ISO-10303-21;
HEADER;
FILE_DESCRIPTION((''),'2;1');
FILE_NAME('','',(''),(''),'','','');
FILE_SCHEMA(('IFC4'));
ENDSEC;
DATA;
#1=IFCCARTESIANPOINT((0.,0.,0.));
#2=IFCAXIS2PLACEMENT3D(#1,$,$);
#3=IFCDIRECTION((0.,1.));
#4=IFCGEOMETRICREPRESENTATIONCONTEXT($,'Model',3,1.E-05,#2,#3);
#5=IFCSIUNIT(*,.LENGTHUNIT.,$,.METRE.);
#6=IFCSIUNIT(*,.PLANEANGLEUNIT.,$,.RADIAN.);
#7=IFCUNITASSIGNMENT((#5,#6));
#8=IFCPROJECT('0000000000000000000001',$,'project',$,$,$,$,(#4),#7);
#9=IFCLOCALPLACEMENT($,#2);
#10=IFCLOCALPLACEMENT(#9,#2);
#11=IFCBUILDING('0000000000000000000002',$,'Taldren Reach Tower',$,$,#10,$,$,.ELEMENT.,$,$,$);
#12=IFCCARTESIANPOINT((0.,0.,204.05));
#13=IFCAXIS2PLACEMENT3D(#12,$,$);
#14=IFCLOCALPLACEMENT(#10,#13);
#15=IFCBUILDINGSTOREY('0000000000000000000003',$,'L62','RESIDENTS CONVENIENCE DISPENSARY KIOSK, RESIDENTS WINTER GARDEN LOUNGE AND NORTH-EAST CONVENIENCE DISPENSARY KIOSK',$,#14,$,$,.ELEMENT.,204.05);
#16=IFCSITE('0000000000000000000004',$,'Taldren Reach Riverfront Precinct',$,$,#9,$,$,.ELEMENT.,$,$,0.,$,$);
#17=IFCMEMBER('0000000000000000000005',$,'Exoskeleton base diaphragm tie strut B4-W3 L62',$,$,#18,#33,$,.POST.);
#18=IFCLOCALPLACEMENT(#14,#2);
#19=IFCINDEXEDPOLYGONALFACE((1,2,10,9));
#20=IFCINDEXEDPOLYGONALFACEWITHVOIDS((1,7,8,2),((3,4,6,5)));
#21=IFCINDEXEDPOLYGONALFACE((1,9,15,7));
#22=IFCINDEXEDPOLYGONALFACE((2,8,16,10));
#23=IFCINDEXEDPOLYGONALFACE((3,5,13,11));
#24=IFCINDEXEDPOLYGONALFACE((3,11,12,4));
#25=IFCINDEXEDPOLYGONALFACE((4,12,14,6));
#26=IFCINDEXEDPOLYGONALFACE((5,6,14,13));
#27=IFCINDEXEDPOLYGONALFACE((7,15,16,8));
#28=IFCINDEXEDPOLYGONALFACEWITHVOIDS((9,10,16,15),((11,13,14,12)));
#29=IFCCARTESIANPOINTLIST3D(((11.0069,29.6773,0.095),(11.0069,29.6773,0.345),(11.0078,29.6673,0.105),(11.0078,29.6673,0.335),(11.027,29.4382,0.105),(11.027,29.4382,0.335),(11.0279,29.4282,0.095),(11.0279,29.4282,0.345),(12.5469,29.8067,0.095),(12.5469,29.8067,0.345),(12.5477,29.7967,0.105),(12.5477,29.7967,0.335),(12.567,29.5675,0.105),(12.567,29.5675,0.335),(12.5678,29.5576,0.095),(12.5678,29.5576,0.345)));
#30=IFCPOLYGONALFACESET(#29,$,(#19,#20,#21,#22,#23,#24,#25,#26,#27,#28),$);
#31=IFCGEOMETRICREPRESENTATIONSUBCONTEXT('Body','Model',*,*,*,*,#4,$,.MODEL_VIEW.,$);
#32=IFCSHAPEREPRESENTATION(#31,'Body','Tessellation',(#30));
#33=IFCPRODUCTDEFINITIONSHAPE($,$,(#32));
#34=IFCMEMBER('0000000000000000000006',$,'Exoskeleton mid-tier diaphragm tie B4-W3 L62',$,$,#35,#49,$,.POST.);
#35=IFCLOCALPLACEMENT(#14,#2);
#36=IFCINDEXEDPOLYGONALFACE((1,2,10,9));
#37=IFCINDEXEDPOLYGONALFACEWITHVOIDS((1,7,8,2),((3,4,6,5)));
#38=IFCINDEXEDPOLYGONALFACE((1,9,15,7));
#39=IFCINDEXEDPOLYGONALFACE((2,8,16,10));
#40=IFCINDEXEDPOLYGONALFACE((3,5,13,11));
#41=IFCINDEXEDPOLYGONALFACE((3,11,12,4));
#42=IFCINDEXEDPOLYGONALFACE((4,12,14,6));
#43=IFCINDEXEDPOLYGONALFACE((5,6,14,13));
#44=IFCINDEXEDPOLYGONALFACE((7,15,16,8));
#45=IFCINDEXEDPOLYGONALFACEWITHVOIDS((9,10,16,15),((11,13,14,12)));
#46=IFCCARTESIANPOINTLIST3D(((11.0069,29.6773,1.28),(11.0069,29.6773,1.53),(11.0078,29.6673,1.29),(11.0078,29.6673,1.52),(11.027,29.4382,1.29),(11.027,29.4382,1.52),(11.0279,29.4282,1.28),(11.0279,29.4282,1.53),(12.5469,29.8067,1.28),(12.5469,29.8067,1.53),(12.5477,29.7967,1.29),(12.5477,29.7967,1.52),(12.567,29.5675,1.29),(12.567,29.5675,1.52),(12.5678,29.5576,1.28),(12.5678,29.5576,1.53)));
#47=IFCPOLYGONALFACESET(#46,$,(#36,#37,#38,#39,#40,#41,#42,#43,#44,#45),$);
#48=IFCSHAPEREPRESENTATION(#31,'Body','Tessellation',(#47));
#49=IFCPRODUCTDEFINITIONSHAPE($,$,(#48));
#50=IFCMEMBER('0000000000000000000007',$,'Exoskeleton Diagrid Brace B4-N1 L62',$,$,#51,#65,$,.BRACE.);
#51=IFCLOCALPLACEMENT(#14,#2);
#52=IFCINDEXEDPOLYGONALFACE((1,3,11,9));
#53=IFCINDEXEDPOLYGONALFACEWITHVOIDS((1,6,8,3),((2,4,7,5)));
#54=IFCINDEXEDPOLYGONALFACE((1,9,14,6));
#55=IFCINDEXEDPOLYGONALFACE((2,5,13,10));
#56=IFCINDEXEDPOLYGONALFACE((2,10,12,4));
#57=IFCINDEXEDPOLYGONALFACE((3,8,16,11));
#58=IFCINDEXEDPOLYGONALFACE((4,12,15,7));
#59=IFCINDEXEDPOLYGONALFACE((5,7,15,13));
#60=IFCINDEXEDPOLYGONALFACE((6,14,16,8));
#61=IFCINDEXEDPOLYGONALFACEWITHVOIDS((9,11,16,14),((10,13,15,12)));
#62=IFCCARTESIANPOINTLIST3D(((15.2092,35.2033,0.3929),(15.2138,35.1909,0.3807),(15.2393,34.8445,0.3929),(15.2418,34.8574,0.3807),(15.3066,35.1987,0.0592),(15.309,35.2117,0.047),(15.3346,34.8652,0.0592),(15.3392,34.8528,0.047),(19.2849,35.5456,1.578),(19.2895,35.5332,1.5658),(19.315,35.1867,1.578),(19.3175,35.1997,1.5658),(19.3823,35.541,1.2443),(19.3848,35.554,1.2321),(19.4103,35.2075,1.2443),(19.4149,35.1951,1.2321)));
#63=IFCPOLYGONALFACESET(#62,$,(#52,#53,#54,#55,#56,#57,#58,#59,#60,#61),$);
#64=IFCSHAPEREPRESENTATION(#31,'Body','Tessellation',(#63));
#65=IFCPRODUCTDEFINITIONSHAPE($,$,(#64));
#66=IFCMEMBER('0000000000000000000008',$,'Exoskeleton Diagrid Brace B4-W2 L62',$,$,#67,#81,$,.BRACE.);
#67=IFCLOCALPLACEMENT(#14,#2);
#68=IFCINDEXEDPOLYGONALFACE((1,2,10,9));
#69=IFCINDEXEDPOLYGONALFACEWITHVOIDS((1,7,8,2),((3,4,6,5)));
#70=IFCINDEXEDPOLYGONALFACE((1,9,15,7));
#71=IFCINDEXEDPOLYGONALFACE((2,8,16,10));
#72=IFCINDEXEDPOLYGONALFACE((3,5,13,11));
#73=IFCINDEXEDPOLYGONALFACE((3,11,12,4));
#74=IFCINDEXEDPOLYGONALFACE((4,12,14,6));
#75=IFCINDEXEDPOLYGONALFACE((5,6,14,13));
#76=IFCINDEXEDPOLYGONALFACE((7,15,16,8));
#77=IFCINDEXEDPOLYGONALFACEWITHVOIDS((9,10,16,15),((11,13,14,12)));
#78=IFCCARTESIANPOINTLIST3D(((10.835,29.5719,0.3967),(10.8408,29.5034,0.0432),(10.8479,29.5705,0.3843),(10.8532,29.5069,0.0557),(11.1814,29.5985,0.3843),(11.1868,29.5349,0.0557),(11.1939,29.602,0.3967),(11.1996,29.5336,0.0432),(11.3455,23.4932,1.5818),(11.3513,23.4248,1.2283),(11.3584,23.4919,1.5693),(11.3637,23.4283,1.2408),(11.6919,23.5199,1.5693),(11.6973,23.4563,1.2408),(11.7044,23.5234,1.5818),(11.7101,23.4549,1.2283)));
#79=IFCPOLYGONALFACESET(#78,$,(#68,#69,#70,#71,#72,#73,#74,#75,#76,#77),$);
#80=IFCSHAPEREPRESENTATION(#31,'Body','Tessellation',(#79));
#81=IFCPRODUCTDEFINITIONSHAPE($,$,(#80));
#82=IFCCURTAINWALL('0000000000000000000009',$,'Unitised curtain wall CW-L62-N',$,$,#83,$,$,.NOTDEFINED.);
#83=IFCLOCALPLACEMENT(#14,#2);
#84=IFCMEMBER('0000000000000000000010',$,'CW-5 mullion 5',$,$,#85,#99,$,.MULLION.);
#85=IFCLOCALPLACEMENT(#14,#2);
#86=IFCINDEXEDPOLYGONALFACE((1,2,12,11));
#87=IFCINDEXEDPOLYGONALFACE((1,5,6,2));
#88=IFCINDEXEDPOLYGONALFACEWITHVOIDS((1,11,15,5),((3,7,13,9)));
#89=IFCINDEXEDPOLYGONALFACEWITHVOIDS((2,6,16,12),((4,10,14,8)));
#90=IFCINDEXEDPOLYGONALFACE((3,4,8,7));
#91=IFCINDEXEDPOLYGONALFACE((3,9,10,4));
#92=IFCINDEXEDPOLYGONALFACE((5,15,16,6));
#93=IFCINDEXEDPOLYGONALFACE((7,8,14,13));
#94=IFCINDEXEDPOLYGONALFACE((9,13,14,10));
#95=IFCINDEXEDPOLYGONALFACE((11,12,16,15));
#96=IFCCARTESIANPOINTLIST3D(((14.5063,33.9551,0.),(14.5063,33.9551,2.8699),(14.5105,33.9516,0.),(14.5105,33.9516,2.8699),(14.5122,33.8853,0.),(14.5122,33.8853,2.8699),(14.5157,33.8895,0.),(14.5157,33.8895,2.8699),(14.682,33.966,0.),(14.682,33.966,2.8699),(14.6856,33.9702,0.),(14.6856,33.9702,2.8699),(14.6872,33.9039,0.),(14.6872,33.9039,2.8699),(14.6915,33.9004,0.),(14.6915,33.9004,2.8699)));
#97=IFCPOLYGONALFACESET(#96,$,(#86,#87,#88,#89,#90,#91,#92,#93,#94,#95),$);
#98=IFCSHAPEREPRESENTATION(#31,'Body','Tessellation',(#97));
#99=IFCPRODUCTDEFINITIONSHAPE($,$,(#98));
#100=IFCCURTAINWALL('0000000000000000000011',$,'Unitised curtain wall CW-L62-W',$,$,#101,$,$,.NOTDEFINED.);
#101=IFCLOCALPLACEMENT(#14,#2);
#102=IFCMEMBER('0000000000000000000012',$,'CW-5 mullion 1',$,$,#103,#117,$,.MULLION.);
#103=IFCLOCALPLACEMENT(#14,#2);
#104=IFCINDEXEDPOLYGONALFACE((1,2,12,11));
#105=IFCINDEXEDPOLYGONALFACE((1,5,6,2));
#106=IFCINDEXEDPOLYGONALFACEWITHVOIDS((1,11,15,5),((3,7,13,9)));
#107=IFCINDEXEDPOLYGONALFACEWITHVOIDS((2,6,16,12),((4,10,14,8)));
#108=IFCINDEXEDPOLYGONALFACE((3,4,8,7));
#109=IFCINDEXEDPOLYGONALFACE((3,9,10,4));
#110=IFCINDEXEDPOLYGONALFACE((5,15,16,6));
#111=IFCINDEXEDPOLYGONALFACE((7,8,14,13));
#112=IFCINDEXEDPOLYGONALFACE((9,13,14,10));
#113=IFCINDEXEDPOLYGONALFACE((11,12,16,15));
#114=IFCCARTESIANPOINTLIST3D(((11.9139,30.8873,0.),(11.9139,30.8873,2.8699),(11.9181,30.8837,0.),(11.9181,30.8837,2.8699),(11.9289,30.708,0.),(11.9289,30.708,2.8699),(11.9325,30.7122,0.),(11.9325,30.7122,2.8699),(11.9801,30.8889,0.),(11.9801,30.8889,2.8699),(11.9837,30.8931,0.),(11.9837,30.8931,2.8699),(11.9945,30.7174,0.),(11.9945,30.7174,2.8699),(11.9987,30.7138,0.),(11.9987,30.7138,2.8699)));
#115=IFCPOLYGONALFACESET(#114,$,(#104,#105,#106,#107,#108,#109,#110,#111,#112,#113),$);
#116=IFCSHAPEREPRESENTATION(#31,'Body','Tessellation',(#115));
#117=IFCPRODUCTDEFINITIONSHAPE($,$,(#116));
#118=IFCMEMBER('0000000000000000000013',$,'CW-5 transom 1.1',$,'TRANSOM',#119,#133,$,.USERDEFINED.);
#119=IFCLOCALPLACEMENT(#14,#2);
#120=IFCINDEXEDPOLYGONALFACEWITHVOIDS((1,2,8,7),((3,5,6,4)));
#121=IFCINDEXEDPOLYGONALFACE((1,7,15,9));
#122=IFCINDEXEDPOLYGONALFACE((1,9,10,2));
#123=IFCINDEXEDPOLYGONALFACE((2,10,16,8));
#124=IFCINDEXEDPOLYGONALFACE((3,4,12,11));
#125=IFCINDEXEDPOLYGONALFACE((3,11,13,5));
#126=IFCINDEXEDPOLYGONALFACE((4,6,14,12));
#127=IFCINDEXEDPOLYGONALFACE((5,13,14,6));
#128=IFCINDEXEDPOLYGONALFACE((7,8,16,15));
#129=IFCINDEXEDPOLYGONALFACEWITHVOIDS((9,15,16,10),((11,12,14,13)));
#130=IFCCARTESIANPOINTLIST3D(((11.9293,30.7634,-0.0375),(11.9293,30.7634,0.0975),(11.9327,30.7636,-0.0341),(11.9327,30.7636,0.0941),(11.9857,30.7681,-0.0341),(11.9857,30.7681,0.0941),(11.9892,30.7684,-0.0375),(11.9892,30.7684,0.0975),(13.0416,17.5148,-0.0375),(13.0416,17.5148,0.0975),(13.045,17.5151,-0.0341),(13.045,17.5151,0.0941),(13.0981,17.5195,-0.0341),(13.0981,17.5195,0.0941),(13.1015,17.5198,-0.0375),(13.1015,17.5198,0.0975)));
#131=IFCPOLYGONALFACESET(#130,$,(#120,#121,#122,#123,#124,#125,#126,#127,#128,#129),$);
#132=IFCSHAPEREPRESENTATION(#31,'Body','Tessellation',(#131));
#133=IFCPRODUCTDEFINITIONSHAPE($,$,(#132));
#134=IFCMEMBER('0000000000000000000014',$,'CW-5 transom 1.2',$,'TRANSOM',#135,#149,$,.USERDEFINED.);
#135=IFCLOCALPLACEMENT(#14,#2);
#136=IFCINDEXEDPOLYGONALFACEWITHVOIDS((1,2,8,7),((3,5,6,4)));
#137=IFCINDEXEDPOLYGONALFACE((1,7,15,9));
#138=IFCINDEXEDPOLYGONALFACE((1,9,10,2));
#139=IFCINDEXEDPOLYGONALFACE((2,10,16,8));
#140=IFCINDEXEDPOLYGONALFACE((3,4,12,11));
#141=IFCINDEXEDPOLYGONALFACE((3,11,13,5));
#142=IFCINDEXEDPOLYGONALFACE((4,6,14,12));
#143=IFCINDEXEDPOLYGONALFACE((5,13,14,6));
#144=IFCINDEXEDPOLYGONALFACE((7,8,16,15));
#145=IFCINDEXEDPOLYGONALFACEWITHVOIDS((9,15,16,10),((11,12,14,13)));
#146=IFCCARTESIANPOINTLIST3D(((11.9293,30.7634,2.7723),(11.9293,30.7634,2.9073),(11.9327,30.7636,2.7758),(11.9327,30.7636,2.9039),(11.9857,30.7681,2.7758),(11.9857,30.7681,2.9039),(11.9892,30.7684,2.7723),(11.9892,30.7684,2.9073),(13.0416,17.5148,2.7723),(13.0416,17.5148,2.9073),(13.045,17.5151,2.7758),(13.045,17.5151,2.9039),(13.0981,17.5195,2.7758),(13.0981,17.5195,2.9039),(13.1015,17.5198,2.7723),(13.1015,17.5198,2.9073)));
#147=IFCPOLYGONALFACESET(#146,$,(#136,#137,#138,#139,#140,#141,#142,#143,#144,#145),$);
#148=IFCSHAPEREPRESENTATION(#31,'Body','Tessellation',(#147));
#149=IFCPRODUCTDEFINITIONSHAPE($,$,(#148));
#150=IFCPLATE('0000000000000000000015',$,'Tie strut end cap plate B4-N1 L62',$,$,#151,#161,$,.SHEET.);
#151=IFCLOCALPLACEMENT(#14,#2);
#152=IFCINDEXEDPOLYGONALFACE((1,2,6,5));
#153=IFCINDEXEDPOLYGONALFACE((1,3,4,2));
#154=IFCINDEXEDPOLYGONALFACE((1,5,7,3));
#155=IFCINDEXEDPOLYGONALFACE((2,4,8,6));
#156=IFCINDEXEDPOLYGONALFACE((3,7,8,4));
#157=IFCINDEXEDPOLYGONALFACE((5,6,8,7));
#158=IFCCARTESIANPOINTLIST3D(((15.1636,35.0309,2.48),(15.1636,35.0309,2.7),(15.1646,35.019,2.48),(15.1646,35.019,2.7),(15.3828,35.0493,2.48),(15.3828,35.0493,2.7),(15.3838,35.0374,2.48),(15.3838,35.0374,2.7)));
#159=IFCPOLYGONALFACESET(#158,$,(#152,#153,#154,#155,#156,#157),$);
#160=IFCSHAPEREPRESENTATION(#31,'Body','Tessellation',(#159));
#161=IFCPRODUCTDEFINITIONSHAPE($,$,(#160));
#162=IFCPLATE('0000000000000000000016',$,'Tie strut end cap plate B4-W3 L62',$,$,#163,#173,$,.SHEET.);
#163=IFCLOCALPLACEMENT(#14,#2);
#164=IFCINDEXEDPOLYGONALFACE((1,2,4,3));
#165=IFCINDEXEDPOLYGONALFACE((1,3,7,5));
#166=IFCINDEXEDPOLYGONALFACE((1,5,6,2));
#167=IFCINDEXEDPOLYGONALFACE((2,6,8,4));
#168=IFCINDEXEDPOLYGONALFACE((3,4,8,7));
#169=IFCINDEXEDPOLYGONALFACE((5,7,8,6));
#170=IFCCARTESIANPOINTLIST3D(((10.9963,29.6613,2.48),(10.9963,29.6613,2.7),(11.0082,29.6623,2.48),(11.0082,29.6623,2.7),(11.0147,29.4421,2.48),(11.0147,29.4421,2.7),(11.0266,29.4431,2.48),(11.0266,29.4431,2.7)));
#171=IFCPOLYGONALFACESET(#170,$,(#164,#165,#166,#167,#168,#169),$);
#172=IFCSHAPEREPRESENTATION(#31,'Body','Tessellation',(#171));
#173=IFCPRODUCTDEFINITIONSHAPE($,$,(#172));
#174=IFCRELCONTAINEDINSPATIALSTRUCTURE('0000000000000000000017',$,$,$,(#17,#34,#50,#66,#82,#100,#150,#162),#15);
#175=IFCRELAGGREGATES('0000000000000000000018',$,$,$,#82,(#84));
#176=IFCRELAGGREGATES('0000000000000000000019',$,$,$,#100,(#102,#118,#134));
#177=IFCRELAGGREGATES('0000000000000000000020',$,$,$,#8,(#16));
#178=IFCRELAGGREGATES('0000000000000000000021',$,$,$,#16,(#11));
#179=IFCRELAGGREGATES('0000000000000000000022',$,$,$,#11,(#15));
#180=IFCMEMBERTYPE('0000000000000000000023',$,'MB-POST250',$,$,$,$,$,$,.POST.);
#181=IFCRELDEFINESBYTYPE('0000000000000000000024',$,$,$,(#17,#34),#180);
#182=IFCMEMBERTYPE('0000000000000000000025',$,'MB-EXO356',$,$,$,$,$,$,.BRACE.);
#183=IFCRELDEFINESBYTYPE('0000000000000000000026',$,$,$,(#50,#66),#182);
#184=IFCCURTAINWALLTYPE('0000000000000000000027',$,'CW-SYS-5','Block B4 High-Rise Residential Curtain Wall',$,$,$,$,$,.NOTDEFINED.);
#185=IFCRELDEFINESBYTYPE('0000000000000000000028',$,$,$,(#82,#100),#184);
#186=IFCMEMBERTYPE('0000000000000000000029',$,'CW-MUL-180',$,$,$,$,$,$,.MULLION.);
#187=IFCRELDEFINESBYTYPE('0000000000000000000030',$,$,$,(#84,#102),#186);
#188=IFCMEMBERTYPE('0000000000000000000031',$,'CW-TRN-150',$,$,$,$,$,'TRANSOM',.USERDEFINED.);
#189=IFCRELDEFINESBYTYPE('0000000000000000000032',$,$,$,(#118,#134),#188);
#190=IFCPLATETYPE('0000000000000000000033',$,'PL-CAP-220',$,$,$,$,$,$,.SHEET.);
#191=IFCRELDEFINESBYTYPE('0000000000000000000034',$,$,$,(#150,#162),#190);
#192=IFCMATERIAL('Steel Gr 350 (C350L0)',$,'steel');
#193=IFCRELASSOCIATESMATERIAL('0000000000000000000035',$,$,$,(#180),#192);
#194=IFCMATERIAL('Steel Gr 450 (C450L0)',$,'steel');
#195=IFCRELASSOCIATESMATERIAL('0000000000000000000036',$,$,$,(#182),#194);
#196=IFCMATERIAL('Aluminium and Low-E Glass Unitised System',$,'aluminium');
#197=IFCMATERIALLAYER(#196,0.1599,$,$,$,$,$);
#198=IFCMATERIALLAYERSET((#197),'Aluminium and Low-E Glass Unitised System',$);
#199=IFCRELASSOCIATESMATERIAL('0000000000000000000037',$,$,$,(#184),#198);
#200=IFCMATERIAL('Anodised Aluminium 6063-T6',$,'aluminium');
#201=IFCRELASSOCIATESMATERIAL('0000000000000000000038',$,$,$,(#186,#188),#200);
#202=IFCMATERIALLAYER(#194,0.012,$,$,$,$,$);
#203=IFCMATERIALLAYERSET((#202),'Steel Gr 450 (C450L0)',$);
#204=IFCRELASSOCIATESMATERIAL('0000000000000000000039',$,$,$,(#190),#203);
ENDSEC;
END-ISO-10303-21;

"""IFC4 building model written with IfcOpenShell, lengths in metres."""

from ifc_helpers import new_model, si_unit, direction, frame, origin, origin_2d, place, context, subcontext, project, spatial, rectangle, hollow_rectangle, extrude, source, transform, mapped, material, layer, layer_set, material_profile, profile_set, type_object, element, aggregate, save


model = new_model("IFC4")

# Units and contexts
model_context = context("Model", 3, precision=1e-05, world=origin(), true_north=direction((0.0, 1.0)))
body_context = subcontext(model_context, "Body", "Model", "MODEL_VIEW")
ifc_project = project(units=[si_unit("LENGTHUNIT", "METRE"), si_unit("PLANEANGLEUNIT", "RADIAN")], contexts=[model_context])

# Site, building, storey
site_placement = place(None, origin())
site = spatial("IfcSite", under=ifc_project, at=site_placement, Name="Taldren Reach Riverfront Precinct", CompositionType="ELEMENT", RefElevation=0.0)
building_placement = place(site_placement, origin())
building = spatial("IfcBuilding", under=site, at=building_placement, Name="Taldren Reach Tower", CompositionType="ELEMENT")
storey_placement = place(building_placement, frame((0.0, 0.0, 204.05)))
storey = spatial("IfcBuildingStorey", under=building, at=storey_placement, Name="L62", Description="RESIDENTS CONVENIENCE DISPENSARY KIOSK, RESIDENTS WINTER GARDEN LOUNGE AND NORTH-EAST CONVENIENCE DISPENSARY KIOSK", CompositionType="ELEMENT", Elevation=204.05)

# Shared definitions
ifc_material_1 = material(Name="Steel Gr 350 (C350L0)", Category="steel")

# Shared definitions
ifc_material_profile_1 = material_profile(ifc_material_1, hollow_rectangle(XDim=0.25, YDim=0.25, WallThickness=0.01, at=origin_2d()), Name="250x250x10.0SHS")
ifc_profile_set_1 = profile_set([ifc_material_profile_1], Name="Steel Gr 350 (C350L0)")
member_type_1 = type_object("IfcMemberType", Name="MB-POST250", PredefinedType="POST", material=ifc_profile_set_1)

# Members
ifc_material_2 = material(Name="Steel Gr 450 (C450L0)", Category="steel")
shared_shape_1 = source(origin(), body_context, "Body", "SweptSolid", [
    extrude(hollow_rectangle(XDim=0.25, YDim=0.25, WallThickness=0.01, at=origin_2d()), origin(), (0.0, 0.0, 1.0), 1.5454),
])
for number, where, z_axis, x_axis, name in (
    (1, (12.5574, 29.6821, 0.22), (-0.996489, -0.083725, 0.0), (0.083725, -0.996489, 0.0), "Exoskeleton base diaphragm tie strut B4-W3 L62"),
    (2, (12.5574, 29.6821, 1.405), (-0.996489, -0.083725, 0.0), (0.083725, -0.996489, 0.0), "Exoskeleton mid-tier diaphragm tie B4-W3 L62"),
):
    element("IfcMember", number, at=place(storey_placement, frame(where, z_axis=z_axis, x_axis=x_axis)), inside=storey, type_object=member_type_1, Name=name, PredefinedType="POST", context=body_context, shape_type="MappedRepresentation", body=[
        mapped(shared_shape_1, transform((0.0, 0.0, 0.0), scale=1.0)),
    ])
ifc_material_profile_2 = material_profile(ifc_material_2, hollow_rectangle(XDim=0.3601, YDim=0.3601, WallThickness=0.0127, at=origin_2d()), Name="360x360x12.7SHS")
ifc_profile_set_2 = profile_set([ifc_material_profile_2], Name="Steel Gr 450 (C450L0)")
member_type_2 = type_object("IfcMemberType", Name="MB-EXO356", PredefinedType="BRACE", material=ifc_profile_set_2)
shared_shape_2 = source(origin(), body_context, "Body", "SweptSolid", [
    extrude(hollow_rectangle(XDim=0.3601, YDim=0.3601, WallThickness=0.0127, at=origin_2d()), origin(), (0.0, 0.0, 1.0), 4.2583),
])
member_1_placement = place(storey_placement, frame((15.2742, 35.0281, 0.22), z_axis=(0.957126, 0.080382, 0.278297), x_axis=(-0.083688, 0.996492, 0.0)))
element("IfcMember", 3, at=member_1_placement, inside=storey, type_object=member_type_2, Name="Exoskeleton Diagrid Brace B4-N1 L62", PredefinedType="BRACE", context=body_context, shape_type="MappedRepresentation", body=[
    mapped(shared_shape_2, transform((0.0, 0.0, 0.0), scale=1.0)),
])
shared_shape_3 = source(origin(), body_context, "Body", "SweptSolid", [
    extrude(hollow_rectangle(XDim=0.3601, YDim=0.3601, WallThickness=0.0127, at=origin_2d()), origin(), (0.0, 0.0, 1.0), 6.2141),
])
member_2_placement = place(storey_placement, frame((11.0173, 29.5527, 0.22), z_axis=(0.082152, -0.978204, 0.190706), x_axis=(0.996492, 0.083688, 0.0)))
element("IfcMember", 4, at=member_2_placement, inside=storey, type_object=member_type_2, Name="Exoskeleton Diagrid Brace B4-W2 L62", PredefinedType="BRACE", context=body_context, shape_type="MappedRepresentation", body=[
    mapped(shared_shape_3, transform((0.0, 0.0, 0.0), scale=1.0)),
])

# Curtain wall, member
ifc_material_3 = material(Name="Aluminium and Low-E Glass Unitised System", Category="aluminium")
ifc_layer_1 = layer(ifc_material_3, 0.1599)
ifc_layer_set_1 = layer_set([ifc_layer_1], Name="Aluminium and Low-E Glass Unitised System")
curtain_wall_type = type_object("IfcCurtainWallType", Name="CW-SYS-5", Description="Block B4 High-Rise Residential Curtain Wall", PredefinedType="NOTDEFINED", material=ifc_layer_set_1)
curtain_wall_1_placement = place(storey_placement, origin())
curtain_wall_1 = element("IfcCurtainWall", 5, at=curtain_wall_1_placement, inside=storey, type_object=curtain_wall_type, Name="Unitised curtain wall CW-L62-N", PredefinedType="NOTDEFINED")
ifc_material_4 = material(Name="Anodised Aluminium 6063-T6", Category="aluminium")
ifc_material_profile_3 = material_profile(ifc_material_4, hollow_rectangle(XDim=0.0701, YDim=0.1799, WallThickness=0.0039, at=origin_2d()), Name="ALU-180x70x4RHS")
ifc_profile_set_3 = profile_set([ifc_material_profile_3], Name="Anodised Aluminium 6063-T6")
member_type_3 = type_object("IfcMemberType", Name="CW-MUL-180", PredefinedType="MULLION", material=ifc_profile_set_3)
shared_shape_4 = source(origin(), body_context, "Body", "SweptSolid", [
    extrude(hollow_rectangle(XDim=0.0701, YDim=0.1799, WallThickness=0.0039, at=origin_2d()), origin(), (0.0, 0.0, 1.0), 2.8699),
])
member_3_placement = place(storey_placement, frame((14.5989, 33.9277, 0.0), z_axis=(0.0, 0.0, 1.0), x_axis=(0.083678, -0.996493, 0.0)))
member_3 = element("IfcMember", 6, at=member_3_placement, type_object=member_type_3, Name="CW-5 mullion 5", PredefinedType="MULLION", context=body_context, shape_type="MappedRepresentation", body=[
    mapped(shared_shape_4, transform((0.0, 0.0, 0.0), scale=1.0)),
])
aggregate(curtain_wall_1, [member_3])

# Curtain wall, members
curtain_wall_2_placement = place(storey_placement, origin())
curtain_wall_2 = element("IfcCurtainWall", 7, at=curtain_wall_2_placement, inside=storey, type_object=curtain_wall_type, Name="Unitised curtain wall CW-L62-W", PredefinedType="NOTDEFINED")
member_4_placement = place(storey_placement, frame((11.9563, 30.8005, 0.0), z_axis=(0.0, 0.0, 1.0), x_axis=(0.996493, 0.083678, 0.0)))
member_4 = element("IfcMember", 8, at=member_4_placement, type_object=member_type_3, Name="CW-5 mullion 1", PredefinedType="MULLION", context=body_context, shape_type="MappedRepresentation", body=[
    mapped(shared_shape_4, transform((0.0, 0.0, 0.0), scale=1.0)),
])
ifc_material_profile_4 = material_profile(ifc_material_4, hollow_rectangle(XDim=0.0601, YDim=0.135, WallThickness=0.0034, at=origin_2d()), Name="ALU-135x60x3.5RHS")
ifc_profile_set_4 = profile_set([ifc_material_profile_4], Name="Anodised Aluminium 6063-T6")
member_type_4 = type_object("IfcMemberType", Name="CW-TRN-150", ElementType="TRANSOM", PredefinedType="USERDEFINED", material=ifc_profile_set_4)
shared_shape_5 = source(origin(), body_context, "Body", "SweptSolid", [
    extrude(hollow_rectangle(XDim=0.0601, YDim=0.135, WallThickness=0.0034, at=origin_2d()), origin(), (0.0, 0.0, 1.0), 13.2952),
])
member_5_placement = place(storey_placement, frame((11.9592, 30.7659, 0.03), z_axis=(0.083662, -0.996494, 0.0), x_axis=(0.996494, 0.083662, 0.0)))
member_5 = element("IfcMember", 9, at=member_5_placement, type_object=member_type_4, Name="CW-5 transom 1.1", ObjectType="TRANSOM", PredefinedType="USERDEFINED", context=body_context, shape_type="MappedRepresentation", body=[
    mapped(shared_shape_5, transform((0.0, 0.0, 0.0), scale=1.0)),
])
member_6_placement = place(storey_placement, frame((11.9592, 30.7659, 2.8398), z_axis=(0.083662, -0.996494, 0.0), x_axis=(0.996494, 0.083662, 0.0)))
member_6 = element("IfcMember", 10, at=member_6_placement, type_object=member_type_4, Name="CW-5 transom 1.2", ObjectType="TRANSOM", PredefinedType="USERDEFINED", context=body_context, shape_type="MappedRepresentation", body=[
    mapped(shared_shape_5, transform((0.0, 0.0, 0.0), scale=1.0)),
])

# Plates
ifc_layer_2 = layer(ifc_material_2, 0.012)
ifc_layer_set_2 = layer_set([ifc_layer_2], Name="Steel Gr 450 (C450L0)")
plate_type_1 = type_object("IfcPlateType", Name="PL-CAP-220", PredefinedType="SHEET", material=ifc_layer_set_2)
shared_shape_6 = source(origin(), body_context, "Body", "SweptSolid", [
    extrude(rectangle(XDim=0.22, YDim=0.012, at=origin_2d()), origin(), (0.0, 0.0, 1.0), 0.22),
])
plate_1_placement = place(storey_placement, frame((15.2737, 35.0342, 2.48), z_axis=(0.0, 0.0, 1.0), x_axis=(0.996493, 0.083678, 0.0)))
element("IfcPlate", 11, at=plate_1_placement, inside=storey, type_object=plate_type_1, Name="Tie strut end cap plate B4-N1 L62", PredefinedType="SHEET", context=body_context, shape_type="MappedRepresentation", body=[
    mapped(shared_shape_6, transform((0.0, 0.0, 0.0), scale=1.0)),
])
shared_shape_7 = source(origin(), body_context, "Body", "SweptSolid", [
    extrude(rectangle(XDim=0.012, YDim=0.22, at=origin_2d()), origin(), (0.0, 0.0, 1.0), 0.22),
])
plate_2_placement = place(storey_placement, frame((11.0115, 29.5522, 2.48), z_axis=(0.0, 0.0, 1.0), x_axis=(0.996493, 0.083678, 0.0)))
element("IfcPlate", 12, at=plate_2_placement, inside=storey, type_object=plate_type_1, Name="Tie strut end cap plate B4-W3 L62", PredefinedType="SHEET", context=body_context, shape_type="MappedRepresentation", body=[
    mapped(shared_shape_7, transform((0.0, 0.0, 0.0), scale=1.0)),
])

aggregate(curtain_wall_2, [member_4, member_5, member_6])

save(model, "model.ifc")
